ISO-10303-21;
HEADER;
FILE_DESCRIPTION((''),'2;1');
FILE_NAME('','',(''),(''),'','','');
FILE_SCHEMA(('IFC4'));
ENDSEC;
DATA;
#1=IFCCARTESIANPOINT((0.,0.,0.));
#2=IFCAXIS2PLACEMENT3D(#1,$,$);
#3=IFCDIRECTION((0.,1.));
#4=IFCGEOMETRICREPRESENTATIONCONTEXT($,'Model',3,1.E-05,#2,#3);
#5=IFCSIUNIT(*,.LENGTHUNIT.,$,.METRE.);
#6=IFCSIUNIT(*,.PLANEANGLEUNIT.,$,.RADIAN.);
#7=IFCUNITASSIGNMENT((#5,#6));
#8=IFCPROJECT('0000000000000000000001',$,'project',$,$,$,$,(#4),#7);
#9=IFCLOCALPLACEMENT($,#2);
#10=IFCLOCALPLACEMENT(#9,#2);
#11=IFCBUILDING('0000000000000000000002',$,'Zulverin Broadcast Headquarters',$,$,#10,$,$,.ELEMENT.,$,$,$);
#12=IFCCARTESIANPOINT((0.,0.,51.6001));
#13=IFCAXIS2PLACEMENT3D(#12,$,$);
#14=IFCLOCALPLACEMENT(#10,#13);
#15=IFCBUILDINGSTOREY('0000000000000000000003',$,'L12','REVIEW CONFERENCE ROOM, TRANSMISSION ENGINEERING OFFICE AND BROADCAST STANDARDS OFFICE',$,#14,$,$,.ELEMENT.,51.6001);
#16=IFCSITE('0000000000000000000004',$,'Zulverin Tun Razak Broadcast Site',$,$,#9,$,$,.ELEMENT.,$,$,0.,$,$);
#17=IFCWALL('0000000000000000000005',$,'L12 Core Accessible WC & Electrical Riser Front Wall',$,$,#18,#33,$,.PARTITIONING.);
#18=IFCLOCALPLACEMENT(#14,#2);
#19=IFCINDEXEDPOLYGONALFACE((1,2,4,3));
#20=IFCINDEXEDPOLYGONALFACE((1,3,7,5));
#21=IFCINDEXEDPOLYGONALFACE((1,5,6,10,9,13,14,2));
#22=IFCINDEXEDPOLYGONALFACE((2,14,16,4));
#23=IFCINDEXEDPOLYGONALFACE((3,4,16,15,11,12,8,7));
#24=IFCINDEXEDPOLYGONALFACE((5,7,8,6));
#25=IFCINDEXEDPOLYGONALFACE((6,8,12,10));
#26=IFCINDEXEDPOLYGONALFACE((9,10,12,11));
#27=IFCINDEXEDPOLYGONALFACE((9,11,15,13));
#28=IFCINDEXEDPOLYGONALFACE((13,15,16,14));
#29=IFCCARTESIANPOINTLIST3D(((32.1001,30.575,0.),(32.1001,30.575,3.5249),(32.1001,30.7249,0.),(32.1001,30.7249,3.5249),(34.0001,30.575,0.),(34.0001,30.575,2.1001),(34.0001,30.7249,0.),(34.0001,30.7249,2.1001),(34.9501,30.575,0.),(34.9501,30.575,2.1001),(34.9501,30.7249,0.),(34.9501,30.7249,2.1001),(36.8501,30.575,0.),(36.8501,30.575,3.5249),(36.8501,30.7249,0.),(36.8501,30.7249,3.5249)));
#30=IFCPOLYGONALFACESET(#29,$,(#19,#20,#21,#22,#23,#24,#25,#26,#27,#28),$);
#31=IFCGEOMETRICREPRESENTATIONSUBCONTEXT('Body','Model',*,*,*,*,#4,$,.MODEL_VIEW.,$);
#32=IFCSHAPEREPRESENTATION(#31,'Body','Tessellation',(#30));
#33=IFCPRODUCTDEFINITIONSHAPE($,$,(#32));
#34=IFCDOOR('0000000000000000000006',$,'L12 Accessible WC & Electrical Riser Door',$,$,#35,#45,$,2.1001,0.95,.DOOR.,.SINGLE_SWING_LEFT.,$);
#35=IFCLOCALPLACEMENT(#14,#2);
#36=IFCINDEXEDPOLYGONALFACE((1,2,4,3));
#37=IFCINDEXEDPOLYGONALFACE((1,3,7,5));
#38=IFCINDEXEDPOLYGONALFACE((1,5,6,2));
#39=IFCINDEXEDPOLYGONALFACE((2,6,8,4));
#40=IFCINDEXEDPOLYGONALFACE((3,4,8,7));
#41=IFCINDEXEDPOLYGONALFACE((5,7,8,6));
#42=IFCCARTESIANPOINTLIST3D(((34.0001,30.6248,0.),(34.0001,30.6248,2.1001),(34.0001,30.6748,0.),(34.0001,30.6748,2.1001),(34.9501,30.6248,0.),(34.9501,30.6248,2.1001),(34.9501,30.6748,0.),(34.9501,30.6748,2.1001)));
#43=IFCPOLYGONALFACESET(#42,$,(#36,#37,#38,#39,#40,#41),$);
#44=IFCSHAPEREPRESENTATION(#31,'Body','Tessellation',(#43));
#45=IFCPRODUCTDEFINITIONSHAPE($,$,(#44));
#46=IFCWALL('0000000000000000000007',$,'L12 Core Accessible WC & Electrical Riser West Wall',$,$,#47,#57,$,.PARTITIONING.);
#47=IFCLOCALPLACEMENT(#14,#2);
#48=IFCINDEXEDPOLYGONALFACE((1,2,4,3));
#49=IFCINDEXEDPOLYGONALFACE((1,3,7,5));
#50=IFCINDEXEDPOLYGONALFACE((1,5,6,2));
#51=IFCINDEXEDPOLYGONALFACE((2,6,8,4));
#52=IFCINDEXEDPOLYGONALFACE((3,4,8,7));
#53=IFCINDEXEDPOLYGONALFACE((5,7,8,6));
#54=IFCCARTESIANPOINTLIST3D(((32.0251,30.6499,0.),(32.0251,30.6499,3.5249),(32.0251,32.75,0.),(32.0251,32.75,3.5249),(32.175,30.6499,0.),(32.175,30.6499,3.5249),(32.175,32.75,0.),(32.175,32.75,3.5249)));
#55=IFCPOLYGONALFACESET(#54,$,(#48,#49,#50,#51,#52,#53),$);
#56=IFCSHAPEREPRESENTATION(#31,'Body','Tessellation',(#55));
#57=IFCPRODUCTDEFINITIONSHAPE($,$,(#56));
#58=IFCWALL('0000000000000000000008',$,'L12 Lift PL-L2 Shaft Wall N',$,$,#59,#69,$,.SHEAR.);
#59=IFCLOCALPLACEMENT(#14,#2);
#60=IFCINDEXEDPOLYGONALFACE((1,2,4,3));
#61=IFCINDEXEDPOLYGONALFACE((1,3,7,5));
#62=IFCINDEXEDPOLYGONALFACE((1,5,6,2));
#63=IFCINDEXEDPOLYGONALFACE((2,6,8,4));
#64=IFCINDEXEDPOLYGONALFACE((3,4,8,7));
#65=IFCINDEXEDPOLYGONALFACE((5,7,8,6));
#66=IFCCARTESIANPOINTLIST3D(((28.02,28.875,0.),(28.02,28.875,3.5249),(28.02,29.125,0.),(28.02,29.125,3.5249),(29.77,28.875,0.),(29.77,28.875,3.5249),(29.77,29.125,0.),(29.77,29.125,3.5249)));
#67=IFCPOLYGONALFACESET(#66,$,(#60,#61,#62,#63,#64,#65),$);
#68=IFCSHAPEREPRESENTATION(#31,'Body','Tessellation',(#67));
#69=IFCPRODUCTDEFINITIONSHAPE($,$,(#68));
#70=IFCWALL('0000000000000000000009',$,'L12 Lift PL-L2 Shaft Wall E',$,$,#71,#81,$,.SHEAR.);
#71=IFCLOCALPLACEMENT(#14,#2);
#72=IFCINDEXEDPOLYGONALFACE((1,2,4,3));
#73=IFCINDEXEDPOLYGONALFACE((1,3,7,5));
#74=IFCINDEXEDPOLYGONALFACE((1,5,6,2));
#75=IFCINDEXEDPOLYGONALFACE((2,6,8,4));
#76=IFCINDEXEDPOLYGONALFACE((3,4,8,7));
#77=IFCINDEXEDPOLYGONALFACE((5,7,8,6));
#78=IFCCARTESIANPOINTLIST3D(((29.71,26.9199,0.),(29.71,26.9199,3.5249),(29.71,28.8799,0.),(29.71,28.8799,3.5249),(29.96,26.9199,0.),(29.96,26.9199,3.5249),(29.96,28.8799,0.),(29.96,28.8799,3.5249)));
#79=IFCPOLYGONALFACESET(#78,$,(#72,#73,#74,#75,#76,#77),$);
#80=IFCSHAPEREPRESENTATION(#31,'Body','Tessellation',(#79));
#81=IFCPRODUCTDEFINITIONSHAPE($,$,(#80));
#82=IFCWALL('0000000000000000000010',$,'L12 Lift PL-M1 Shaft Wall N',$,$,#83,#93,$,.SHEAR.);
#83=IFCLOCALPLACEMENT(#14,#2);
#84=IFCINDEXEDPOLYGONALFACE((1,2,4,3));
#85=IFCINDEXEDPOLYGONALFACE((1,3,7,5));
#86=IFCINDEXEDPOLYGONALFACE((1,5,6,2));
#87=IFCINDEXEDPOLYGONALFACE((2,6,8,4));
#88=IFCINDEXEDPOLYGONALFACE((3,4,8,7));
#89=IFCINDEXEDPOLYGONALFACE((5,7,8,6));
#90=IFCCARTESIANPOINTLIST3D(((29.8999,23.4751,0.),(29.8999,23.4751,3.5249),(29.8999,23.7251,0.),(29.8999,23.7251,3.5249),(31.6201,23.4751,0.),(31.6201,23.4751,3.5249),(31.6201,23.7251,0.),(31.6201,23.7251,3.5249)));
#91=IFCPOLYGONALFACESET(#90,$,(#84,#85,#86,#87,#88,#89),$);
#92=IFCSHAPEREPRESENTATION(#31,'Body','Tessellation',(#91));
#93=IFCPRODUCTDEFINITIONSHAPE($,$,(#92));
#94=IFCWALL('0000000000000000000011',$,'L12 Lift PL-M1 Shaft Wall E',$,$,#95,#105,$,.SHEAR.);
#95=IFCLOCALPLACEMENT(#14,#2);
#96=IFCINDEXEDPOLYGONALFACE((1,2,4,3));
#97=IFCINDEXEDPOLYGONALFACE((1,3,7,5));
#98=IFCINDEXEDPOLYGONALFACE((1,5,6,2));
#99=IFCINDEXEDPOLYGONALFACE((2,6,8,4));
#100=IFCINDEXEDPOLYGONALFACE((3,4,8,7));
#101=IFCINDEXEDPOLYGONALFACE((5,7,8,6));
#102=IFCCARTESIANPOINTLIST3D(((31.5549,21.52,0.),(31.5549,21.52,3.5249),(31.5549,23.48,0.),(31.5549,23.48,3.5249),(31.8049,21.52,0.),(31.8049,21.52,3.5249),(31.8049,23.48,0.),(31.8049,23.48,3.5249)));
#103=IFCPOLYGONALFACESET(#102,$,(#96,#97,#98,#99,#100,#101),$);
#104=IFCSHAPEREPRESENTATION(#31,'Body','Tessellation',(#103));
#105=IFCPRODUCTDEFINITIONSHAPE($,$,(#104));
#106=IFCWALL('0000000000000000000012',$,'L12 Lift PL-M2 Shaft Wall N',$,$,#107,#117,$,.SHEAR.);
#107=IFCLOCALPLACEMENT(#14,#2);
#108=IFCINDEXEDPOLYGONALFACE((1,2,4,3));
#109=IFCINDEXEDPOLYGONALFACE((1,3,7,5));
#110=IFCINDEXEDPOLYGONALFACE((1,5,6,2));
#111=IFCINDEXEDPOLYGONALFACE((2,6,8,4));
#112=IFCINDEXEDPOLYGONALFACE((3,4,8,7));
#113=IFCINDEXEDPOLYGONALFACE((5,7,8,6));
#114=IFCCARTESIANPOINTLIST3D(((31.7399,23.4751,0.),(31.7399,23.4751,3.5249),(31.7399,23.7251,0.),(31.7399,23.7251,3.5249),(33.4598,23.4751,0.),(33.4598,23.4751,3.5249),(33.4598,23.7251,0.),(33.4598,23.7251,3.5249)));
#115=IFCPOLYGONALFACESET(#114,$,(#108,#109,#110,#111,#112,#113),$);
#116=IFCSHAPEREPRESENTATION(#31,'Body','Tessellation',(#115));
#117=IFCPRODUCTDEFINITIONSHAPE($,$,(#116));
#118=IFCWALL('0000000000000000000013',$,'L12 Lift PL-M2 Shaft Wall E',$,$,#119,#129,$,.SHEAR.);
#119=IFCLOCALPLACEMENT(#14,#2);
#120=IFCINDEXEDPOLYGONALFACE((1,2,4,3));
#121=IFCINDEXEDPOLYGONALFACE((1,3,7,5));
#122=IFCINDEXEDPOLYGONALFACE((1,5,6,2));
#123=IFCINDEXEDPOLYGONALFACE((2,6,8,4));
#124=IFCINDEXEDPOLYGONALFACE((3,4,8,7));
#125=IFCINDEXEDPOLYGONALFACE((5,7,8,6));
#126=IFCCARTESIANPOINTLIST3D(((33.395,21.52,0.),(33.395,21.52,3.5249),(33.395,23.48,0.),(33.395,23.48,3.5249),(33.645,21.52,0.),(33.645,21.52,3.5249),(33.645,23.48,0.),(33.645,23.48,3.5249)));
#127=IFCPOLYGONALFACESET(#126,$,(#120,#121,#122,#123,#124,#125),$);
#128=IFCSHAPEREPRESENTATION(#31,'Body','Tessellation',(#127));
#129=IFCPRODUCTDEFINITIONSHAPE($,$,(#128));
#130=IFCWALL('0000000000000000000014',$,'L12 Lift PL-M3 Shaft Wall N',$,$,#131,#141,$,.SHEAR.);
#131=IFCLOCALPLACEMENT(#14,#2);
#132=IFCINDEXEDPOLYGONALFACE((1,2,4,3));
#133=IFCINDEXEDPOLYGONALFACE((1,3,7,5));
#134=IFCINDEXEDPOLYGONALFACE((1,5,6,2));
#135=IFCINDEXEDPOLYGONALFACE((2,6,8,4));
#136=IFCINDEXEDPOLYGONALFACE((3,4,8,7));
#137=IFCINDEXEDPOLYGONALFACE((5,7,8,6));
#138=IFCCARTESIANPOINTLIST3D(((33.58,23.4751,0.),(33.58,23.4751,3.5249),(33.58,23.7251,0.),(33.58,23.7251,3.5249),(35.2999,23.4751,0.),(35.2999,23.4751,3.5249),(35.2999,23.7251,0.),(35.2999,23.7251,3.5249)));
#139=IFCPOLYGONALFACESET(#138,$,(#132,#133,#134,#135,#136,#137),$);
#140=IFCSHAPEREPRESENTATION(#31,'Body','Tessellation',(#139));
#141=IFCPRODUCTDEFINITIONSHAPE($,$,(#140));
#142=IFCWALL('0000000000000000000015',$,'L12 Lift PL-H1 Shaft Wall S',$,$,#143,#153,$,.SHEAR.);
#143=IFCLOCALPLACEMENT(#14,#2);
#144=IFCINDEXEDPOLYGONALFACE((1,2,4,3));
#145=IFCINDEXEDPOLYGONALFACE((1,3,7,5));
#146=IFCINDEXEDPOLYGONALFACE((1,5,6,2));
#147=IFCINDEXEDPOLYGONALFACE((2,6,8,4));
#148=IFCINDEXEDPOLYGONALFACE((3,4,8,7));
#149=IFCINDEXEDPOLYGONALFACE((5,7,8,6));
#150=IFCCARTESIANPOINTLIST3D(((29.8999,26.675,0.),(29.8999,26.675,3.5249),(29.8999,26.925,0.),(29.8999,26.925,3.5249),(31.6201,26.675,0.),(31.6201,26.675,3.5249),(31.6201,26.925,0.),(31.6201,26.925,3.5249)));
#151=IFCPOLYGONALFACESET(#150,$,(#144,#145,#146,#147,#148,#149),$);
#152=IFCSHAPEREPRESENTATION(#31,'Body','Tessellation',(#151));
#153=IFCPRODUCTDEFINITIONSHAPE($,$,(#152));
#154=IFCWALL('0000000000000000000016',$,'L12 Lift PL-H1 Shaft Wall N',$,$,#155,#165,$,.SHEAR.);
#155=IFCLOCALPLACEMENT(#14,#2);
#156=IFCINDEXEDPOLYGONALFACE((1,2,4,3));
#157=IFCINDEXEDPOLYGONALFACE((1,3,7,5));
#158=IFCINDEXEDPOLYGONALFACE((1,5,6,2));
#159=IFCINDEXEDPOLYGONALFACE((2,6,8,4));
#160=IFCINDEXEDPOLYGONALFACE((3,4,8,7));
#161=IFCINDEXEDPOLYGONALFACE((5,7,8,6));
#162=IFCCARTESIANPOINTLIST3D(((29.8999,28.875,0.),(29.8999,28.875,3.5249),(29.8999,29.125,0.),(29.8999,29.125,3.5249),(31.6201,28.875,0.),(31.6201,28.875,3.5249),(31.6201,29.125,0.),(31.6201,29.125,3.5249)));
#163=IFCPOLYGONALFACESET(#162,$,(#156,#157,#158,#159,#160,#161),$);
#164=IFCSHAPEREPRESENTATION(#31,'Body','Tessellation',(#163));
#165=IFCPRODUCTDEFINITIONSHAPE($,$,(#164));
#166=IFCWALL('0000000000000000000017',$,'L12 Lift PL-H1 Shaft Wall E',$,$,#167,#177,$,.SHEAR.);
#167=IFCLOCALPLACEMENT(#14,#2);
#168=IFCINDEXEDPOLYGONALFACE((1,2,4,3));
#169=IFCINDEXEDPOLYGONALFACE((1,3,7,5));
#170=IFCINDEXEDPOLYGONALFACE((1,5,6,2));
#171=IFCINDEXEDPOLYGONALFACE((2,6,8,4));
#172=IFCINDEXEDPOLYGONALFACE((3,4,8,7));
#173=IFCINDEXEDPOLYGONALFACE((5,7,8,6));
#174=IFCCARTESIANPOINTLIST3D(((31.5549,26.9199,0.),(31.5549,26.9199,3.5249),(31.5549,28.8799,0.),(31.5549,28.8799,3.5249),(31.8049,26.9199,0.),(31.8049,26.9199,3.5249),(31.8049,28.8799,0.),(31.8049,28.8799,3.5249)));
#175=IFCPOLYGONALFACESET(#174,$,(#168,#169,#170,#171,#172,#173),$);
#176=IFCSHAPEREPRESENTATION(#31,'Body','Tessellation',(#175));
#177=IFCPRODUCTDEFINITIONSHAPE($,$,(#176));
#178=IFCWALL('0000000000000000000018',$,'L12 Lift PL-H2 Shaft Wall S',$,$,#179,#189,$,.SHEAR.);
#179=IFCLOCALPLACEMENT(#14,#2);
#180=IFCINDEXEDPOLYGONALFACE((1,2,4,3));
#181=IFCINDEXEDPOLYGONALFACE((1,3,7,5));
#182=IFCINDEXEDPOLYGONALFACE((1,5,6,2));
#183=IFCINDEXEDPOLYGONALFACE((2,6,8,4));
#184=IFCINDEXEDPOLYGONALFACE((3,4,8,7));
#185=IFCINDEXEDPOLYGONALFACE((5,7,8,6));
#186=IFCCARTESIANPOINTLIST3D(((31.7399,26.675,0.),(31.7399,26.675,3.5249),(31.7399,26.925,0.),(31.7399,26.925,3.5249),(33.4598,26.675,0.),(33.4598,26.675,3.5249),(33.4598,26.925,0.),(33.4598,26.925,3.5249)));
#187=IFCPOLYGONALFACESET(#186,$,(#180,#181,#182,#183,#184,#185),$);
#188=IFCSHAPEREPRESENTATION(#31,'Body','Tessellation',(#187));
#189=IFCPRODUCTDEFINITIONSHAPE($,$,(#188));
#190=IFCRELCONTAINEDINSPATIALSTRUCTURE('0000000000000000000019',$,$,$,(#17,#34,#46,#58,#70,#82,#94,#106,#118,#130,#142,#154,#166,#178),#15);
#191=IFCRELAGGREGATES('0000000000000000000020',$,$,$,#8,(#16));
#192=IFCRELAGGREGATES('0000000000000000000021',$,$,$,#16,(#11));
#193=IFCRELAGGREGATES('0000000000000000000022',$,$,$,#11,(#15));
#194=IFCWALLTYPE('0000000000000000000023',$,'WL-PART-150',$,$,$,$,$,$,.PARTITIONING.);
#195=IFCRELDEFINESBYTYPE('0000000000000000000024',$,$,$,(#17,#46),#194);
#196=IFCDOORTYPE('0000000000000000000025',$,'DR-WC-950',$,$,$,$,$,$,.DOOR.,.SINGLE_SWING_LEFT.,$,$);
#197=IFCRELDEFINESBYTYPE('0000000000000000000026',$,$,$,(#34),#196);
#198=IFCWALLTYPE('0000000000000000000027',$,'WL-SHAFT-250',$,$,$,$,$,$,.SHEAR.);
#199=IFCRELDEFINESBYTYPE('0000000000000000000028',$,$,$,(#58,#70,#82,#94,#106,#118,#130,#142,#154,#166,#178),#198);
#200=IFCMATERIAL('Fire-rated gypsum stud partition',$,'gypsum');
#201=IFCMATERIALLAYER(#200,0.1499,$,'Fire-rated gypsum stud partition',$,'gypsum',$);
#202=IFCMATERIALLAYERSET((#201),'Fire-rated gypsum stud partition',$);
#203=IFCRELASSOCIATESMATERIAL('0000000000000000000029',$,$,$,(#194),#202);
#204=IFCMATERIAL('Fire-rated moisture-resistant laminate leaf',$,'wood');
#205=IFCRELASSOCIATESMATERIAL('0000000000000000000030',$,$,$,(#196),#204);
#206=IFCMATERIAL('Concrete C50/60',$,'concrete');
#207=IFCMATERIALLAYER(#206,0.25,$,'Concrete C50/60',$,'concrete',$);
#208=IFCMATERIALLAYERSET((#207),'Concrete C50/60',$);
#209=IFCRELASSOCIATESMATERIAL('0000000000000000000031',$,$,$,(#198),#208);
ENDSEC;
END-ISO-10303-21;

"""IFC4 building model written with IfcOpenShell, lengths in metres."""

from ifc_helpers import new_model, si_unit, direction, frame, frame_2d, origin, place, context, subcontext, project, spatial, rectangle, extrude, material, layer, layer_set, type_object, element, fill, save


model = new_model("IFC4")

# Units and contexts
model_context = context("Model", 3, precision=1e-05, world=origin(), true_north=direction((0.0, 1.0)))
body_context = subcontext(model_context, "Body", "Model", "MODEL_VIEW")
ifc_project = project(units=[si_unit("LENGTHUNIT", "METRE"), si_unit("PLANEANGLEUNIT", "RADIAN")], contexts=[model_context])

# Site, building, storey
site_placement = place(None, origin())
site = spatial("IfcSite", under=ifc_project, at=site_placement, Name="Zulverin Tun Razak Broadcast Site", CompositionType="ELEMENT", RefElevation=0.0)
building_placement = place(site_placement, origin())
building = spatial("IfcBuilding", under=site, at=building_placement, Name="Zulverin Broadcast Headquarters", CompositionType="ELEMENT")
storey_placement = place(building_placement, frame((0.0, 0.0, 51.6001)))
storey = spatial("IfcBuildingStorey", under=building, at=storey_placement, Name="L12", Description="REVIEW CONFERENCE ROOM, TRANSMISSION ENGINEERING OFFICE AND BROADCAST STANDARDS OFFICE", CompositionType="ELEMENT", Elevation=51.6001)

# Wall, opening, door
ifc_material_1 = material(Name="Fire-rated gypsum stud partition", Category="gypsum")
ifc_layer_1 = layer(ifc_material_1, 0.1499, Name="Fire-rated gypsum stud partition", Category="gypsum")
ifc_layer_set_1 = layer_set([ifc_layer_1], Name="Fire-rated gypsum stud partition")
wall_type_1 = type_object("IfcWallType", Name="WL-PART-150", PredefinedType="PARTITIONING", material=ifc_layer_set_1)
wall_1_placement = place(storey_placement, frame((32.1001, 30.6499, 0.0), z_axis=(0.0, 0.0, 1.0), x_axis=(1.0, 0.0, 0.0)))
wall_1 = element("IfcWall", 1, at=wall_1_placement, inside=storey, type_object=wall_type_1, Name="L12 Core Accessible WC & Electrical Riser Front Wall", PredefinedType="PARTITIONING", context=body_context, shape_type="SweptSolid", body=[
    extrude(rectangle(XDim=4.75, YDim=0.1499, at=frame_2d((2.375, 0.0))), origin(), (0.0, 0.0, 1.0), 3.5249),
])
opening_placement = place(wall_1_placement, frame((1.8999, 0.0, 0.0)))
opening = element("IfcOpeningElement", 2, at=opening_placement, cuts=wall_1, PredefinedType="OPENING", context=body_context, shape_type="SweptSolid", body=[
    extrude(rectangle(XDim=0.95, YDim=2.1001, at=frame_2d((0.4751, 1.05))), frame((0.0, 0.085, 0.0), z_axis=(0.0, -1.0, 0.0), x_axis=(1.0, 0.0, 0.0)), (0.0, 0.0, 1.0), 0.1699),
])
ifc_material_2 = material(Name="Fire-rated moisture-resistant laminate leaf", Category="wood")
door_type = type_object("IfcDoorType", Name="DR-WC-950", OperationType="SINGLE_SWING_LEFT", PredefinedType="DOOR", material=ifc_material_2)
door_placement = place(opening_placement, origin())
door = element("IfcDoor", 3, at=door_placement, inside=storey, type_object=door_type, Name="L12 Accessible WC & Electrical Riser Door", OperationType="SINGLE_SWING_LEFT", OverallHeight=2.1001, OverallWidth=0.95, PredefinedType="DOOR", context=body_context, shape_type="SweptSolid", body=[
    extrude(rectangle(XDim=0.95, YDim=2.1001, at=frame_2d((0.4751, 1.05))), frame((0.0, 0.0249, 0.0), z_axis=(0.0, -1.0, 0.0), x_axis=(1.0, 0.0, 0.0)), (0.0, 0.0, 1.0), 0.05),
])
fill(opening, door)

# Walls
wall_2_placement = place(storey_placement, frame((32.1001, 30.6499, 0.0), z_axis=(0.0, 0.0, 1.0), x_axis=(0.0, 1.0, 0.0)))
element("IfcWall", 4, at=wall_2_placement, inside=storey, type_object=wall_type_1, Name="L12 Core Accessible WC & Electrical Riser West Wall", PredefinedType="PARTITIONING", context=body_context, shape_type="SweptSolid", body=[
    extrude(rectangle(XDim=2.1001, YDim=0.1499, at=frame_2d((1.05, 0.0))), origin(), (0.0, 0.0, 1.0), 3.5249),
])
ifc_material_3 = material(Name="Concrete C50/60", Category="concrete")
ifc_layer_2 = layer(ifc_material_3, 0.25, Name="Concrete C50/60", Category="concrete")
ifc_layer_set_2 = layer_set([ifc_layer_2], Name="Concrete C50/60")
wall_type_2 = type_object("IfcWallType", Name="WL-SHAFT-250", PredefinedType="SHEAR", material=ifc_layer_set_2)
wall_3_placement = place(storey_placement, frame((28.02, 29.0, 0.0), z_axis=(0.0, 0.0, 1.0), x_axis=(1.0, 0.0, 0.0)))
element("IfcWall", 5, at=wall_3_placement, inside=storey, type_object=wall_type_2, Name="L12 Lift PL-L2 Shaft Wall N", PredefinedType="SHEAR", context=body_context, shape_type="SweptSolid", body=[
    extrude(rectangle(XDim=1.75, YDim=0.25, at=frame_2d((0.875, 0.0))), origin(), (0.0, 0.0, 1.0), 3.5249),
])
wall_4_placement = place(storey_placement, frame((29.835, 26.9199, 0.0), z_axis=(0.0, 0.0, 1.0), x_axis=(0.0, 1.0, 0.0)))
element("IfcWall", 6, at=wall_4_placement, inside=storey, type_object=wall_type_2, Name="L12 Lift PL-L2 Shaft Wall E", PredefinedType="SHEAR", context=body_context, shape_type="SweptSolid", body=[
    extrude(rectangle(XDim=1.96, YDim=0.25, at=frame_2d((0.98, 0.0))), origin(), (0.0, 0.0, 1.0), 3.5249),
])
wall_5_placement = place(storey_placement, frame((29.8999, 23.6001, 0.0), z_axis=(0.0, 0.0, 1.0), x_axis=(1.0, 0.0, 0.0)))
element("IfcWall", 7, at=wall_5_placement, inside=storey, type_object=wall_type_2, Name="L12 Lift PL-M1 Shaft Wall N", PredefinedType="SHEAR", context=body_context, shape_type="SweptSolid", body=[
    extrude(rectangle(XDim=1.7202, YDim=0.25, at=frame_2d((0.8601, 0.0))), origin(), (0.0, 0.0, 1.0), 3.5249),
])
wall_6_placement = place(storey_placement, frame((31.6799, 21.52, 0.0), z_axis=(0.0, 0.0, 1.0), x_axis=(0.0, 1.0, 0.0)))
element("IfcWall", 8, at=wall_6_placement, inside=storey, type_object=wall_type_2, Name="L12 Lift PL-M1 Shaft Wall E", PredefinedType="SHEAR", context=body_context, shape_type="SweptSolid", body=[
    extrude(rectangle(XDim=1.96, YDim=0.25, at=frame_2d((0.98, 0.0))), origin(), (0.0, 0.0, 1.0), 3.5249),
])
wall_7_placement = place(storey_placement, frame((31.74, 23.6001, 0.0), z_axis=(0.0, 0.0, 1.0), x_axis=(1.0, 0.0, 0.0)))
element("IfcWall", 9, at=wall_7_placement, inside=storey, type_object=wall_type_2, Name="L12 Lift PL-M2 Shaft Wall N", PredefinedType="SHEAR", context=body_context, shape_type="SweptSolid", body=[
    extrude(rectangle(XDim=1.72, YDim=0.25, at=frame_2d((0.8599, 0.0))), origin(), (0.0, 0.0, 1.0), 3.5249),
])
wall_8_placement = place(storey_placement, frame((33.52, 21.52, 0.0), z_axis=(0.0, 0.0, 1.0), x_axis=(0.0, 1.0, 0.0)))
element("IfcWall", 10, at=wall_8_placement, inside=storey, type_object=wall_type_2, Name="L12 Lift PL-M2 Shaft Wall E", PredefinedType="SHEAR", context=body_context, shape_type="SweptSolid", body=[
    extrude(rectangle(XDim=1.96, YDim=0.25, at=frame_2d((0.98, 0.0))), origin(), (0.0, 0.0, 1.0), 3.5249),
])
wall_9_placement = place(storey_placement, frame((33.5801, 23.6001, 0.0), z_axis=(0.0, 0.0, 1.0), x_axis=(1.0, 0.0, 0.0)))
element("IfcWall", 11, at=wall_9_placement, inside=storey, type_object=wall_type_2, Name="L12 Lift PL-M3 Shaft Wall N", PredefinedType="SHEAR", context=body_context, shape_type="SweptSolid", body=[
    extrude(rectangle(XDim=1.72, YDim=0.25, at=frame_2d((0.8599, 0.0))), origin(), (0.0, 0.0, 1.0), 3.5249),
])
for number, where, z_axis, x_axis, name in (
    (12, (29.8999, 26.8, 0.0), (0.0, 0.0, 1.0), (1.0, 0.0, 0.0), "L12 Lift PL-H1 Shaft Wall S"),
    (13, (29.8999, 29.0, 0.0), (0.0, 0.0, 1.0), (1.0, 0.0, 0.0), "L12 Lift PL-H1 Shaft Wall N"),
):
    element("IfcWall", number, at=place(storey_placement, frame(where, z_axis=z_axis, x_axis=x_axis)), inside=storey, type_object=wall_type_2, Name=name, PredefinedType="SHEAR", context=body_context, shape_type="SweptSolid", body=[
        extrude(rectangle(XDim=1.7202, YDim=0.25, at=frame_2d((0.8601, 0.0))), origin(), (0.0, 0.0, 1.0), 3.5249),
    ])
wall_10_placement = place(storey_placement, frame((31.6799, 26.9199, 0.0), z_axis=(0.0, 0.0, 1.0), x_axis=(0.0, 1.0, 0.0)))
element("IfcWall", 14, at=wall_10_placement, inside=storey, type_object=wall_type_2, Name="L12 Lift PL-H1 Shaft Wall E", PredefinedType="SHEAR", context=body_context, shape_type="SweptSolid", body=[
    extrude(rectangle(XDim=1.96, YDim=0.25, at=frame_2d((0.98, 0.0))), origin(), (0.0, 0.0, 1.0), 3.5249),
])
for number, where, z_axis, x_axis, name in (
    (15, (31.74, 26.8, 0.0), (0.0, 0.0, 1.0), (1.0, 0.0, 0.0), "L12 Lift PL-H2 Shaft Wall S"),
):
    element("IfcWall", number, at=place(storey_placement, frame(where, z_axis=z_axis, x_axis=x_axis)), inside=storey, type_object=wall_type_2, Name=name, PredefinedType="SHEAR", context=body_context, shape_type="SweptSolid", body=[
        extrude(rectangle(XDim=1.72, YDim=0.25, at=frame_2d((0.8599, 0.0))), origin(), (0.0, 0.0, 1.0), 3.5249),
    ])

save(model, "model.ifc")
